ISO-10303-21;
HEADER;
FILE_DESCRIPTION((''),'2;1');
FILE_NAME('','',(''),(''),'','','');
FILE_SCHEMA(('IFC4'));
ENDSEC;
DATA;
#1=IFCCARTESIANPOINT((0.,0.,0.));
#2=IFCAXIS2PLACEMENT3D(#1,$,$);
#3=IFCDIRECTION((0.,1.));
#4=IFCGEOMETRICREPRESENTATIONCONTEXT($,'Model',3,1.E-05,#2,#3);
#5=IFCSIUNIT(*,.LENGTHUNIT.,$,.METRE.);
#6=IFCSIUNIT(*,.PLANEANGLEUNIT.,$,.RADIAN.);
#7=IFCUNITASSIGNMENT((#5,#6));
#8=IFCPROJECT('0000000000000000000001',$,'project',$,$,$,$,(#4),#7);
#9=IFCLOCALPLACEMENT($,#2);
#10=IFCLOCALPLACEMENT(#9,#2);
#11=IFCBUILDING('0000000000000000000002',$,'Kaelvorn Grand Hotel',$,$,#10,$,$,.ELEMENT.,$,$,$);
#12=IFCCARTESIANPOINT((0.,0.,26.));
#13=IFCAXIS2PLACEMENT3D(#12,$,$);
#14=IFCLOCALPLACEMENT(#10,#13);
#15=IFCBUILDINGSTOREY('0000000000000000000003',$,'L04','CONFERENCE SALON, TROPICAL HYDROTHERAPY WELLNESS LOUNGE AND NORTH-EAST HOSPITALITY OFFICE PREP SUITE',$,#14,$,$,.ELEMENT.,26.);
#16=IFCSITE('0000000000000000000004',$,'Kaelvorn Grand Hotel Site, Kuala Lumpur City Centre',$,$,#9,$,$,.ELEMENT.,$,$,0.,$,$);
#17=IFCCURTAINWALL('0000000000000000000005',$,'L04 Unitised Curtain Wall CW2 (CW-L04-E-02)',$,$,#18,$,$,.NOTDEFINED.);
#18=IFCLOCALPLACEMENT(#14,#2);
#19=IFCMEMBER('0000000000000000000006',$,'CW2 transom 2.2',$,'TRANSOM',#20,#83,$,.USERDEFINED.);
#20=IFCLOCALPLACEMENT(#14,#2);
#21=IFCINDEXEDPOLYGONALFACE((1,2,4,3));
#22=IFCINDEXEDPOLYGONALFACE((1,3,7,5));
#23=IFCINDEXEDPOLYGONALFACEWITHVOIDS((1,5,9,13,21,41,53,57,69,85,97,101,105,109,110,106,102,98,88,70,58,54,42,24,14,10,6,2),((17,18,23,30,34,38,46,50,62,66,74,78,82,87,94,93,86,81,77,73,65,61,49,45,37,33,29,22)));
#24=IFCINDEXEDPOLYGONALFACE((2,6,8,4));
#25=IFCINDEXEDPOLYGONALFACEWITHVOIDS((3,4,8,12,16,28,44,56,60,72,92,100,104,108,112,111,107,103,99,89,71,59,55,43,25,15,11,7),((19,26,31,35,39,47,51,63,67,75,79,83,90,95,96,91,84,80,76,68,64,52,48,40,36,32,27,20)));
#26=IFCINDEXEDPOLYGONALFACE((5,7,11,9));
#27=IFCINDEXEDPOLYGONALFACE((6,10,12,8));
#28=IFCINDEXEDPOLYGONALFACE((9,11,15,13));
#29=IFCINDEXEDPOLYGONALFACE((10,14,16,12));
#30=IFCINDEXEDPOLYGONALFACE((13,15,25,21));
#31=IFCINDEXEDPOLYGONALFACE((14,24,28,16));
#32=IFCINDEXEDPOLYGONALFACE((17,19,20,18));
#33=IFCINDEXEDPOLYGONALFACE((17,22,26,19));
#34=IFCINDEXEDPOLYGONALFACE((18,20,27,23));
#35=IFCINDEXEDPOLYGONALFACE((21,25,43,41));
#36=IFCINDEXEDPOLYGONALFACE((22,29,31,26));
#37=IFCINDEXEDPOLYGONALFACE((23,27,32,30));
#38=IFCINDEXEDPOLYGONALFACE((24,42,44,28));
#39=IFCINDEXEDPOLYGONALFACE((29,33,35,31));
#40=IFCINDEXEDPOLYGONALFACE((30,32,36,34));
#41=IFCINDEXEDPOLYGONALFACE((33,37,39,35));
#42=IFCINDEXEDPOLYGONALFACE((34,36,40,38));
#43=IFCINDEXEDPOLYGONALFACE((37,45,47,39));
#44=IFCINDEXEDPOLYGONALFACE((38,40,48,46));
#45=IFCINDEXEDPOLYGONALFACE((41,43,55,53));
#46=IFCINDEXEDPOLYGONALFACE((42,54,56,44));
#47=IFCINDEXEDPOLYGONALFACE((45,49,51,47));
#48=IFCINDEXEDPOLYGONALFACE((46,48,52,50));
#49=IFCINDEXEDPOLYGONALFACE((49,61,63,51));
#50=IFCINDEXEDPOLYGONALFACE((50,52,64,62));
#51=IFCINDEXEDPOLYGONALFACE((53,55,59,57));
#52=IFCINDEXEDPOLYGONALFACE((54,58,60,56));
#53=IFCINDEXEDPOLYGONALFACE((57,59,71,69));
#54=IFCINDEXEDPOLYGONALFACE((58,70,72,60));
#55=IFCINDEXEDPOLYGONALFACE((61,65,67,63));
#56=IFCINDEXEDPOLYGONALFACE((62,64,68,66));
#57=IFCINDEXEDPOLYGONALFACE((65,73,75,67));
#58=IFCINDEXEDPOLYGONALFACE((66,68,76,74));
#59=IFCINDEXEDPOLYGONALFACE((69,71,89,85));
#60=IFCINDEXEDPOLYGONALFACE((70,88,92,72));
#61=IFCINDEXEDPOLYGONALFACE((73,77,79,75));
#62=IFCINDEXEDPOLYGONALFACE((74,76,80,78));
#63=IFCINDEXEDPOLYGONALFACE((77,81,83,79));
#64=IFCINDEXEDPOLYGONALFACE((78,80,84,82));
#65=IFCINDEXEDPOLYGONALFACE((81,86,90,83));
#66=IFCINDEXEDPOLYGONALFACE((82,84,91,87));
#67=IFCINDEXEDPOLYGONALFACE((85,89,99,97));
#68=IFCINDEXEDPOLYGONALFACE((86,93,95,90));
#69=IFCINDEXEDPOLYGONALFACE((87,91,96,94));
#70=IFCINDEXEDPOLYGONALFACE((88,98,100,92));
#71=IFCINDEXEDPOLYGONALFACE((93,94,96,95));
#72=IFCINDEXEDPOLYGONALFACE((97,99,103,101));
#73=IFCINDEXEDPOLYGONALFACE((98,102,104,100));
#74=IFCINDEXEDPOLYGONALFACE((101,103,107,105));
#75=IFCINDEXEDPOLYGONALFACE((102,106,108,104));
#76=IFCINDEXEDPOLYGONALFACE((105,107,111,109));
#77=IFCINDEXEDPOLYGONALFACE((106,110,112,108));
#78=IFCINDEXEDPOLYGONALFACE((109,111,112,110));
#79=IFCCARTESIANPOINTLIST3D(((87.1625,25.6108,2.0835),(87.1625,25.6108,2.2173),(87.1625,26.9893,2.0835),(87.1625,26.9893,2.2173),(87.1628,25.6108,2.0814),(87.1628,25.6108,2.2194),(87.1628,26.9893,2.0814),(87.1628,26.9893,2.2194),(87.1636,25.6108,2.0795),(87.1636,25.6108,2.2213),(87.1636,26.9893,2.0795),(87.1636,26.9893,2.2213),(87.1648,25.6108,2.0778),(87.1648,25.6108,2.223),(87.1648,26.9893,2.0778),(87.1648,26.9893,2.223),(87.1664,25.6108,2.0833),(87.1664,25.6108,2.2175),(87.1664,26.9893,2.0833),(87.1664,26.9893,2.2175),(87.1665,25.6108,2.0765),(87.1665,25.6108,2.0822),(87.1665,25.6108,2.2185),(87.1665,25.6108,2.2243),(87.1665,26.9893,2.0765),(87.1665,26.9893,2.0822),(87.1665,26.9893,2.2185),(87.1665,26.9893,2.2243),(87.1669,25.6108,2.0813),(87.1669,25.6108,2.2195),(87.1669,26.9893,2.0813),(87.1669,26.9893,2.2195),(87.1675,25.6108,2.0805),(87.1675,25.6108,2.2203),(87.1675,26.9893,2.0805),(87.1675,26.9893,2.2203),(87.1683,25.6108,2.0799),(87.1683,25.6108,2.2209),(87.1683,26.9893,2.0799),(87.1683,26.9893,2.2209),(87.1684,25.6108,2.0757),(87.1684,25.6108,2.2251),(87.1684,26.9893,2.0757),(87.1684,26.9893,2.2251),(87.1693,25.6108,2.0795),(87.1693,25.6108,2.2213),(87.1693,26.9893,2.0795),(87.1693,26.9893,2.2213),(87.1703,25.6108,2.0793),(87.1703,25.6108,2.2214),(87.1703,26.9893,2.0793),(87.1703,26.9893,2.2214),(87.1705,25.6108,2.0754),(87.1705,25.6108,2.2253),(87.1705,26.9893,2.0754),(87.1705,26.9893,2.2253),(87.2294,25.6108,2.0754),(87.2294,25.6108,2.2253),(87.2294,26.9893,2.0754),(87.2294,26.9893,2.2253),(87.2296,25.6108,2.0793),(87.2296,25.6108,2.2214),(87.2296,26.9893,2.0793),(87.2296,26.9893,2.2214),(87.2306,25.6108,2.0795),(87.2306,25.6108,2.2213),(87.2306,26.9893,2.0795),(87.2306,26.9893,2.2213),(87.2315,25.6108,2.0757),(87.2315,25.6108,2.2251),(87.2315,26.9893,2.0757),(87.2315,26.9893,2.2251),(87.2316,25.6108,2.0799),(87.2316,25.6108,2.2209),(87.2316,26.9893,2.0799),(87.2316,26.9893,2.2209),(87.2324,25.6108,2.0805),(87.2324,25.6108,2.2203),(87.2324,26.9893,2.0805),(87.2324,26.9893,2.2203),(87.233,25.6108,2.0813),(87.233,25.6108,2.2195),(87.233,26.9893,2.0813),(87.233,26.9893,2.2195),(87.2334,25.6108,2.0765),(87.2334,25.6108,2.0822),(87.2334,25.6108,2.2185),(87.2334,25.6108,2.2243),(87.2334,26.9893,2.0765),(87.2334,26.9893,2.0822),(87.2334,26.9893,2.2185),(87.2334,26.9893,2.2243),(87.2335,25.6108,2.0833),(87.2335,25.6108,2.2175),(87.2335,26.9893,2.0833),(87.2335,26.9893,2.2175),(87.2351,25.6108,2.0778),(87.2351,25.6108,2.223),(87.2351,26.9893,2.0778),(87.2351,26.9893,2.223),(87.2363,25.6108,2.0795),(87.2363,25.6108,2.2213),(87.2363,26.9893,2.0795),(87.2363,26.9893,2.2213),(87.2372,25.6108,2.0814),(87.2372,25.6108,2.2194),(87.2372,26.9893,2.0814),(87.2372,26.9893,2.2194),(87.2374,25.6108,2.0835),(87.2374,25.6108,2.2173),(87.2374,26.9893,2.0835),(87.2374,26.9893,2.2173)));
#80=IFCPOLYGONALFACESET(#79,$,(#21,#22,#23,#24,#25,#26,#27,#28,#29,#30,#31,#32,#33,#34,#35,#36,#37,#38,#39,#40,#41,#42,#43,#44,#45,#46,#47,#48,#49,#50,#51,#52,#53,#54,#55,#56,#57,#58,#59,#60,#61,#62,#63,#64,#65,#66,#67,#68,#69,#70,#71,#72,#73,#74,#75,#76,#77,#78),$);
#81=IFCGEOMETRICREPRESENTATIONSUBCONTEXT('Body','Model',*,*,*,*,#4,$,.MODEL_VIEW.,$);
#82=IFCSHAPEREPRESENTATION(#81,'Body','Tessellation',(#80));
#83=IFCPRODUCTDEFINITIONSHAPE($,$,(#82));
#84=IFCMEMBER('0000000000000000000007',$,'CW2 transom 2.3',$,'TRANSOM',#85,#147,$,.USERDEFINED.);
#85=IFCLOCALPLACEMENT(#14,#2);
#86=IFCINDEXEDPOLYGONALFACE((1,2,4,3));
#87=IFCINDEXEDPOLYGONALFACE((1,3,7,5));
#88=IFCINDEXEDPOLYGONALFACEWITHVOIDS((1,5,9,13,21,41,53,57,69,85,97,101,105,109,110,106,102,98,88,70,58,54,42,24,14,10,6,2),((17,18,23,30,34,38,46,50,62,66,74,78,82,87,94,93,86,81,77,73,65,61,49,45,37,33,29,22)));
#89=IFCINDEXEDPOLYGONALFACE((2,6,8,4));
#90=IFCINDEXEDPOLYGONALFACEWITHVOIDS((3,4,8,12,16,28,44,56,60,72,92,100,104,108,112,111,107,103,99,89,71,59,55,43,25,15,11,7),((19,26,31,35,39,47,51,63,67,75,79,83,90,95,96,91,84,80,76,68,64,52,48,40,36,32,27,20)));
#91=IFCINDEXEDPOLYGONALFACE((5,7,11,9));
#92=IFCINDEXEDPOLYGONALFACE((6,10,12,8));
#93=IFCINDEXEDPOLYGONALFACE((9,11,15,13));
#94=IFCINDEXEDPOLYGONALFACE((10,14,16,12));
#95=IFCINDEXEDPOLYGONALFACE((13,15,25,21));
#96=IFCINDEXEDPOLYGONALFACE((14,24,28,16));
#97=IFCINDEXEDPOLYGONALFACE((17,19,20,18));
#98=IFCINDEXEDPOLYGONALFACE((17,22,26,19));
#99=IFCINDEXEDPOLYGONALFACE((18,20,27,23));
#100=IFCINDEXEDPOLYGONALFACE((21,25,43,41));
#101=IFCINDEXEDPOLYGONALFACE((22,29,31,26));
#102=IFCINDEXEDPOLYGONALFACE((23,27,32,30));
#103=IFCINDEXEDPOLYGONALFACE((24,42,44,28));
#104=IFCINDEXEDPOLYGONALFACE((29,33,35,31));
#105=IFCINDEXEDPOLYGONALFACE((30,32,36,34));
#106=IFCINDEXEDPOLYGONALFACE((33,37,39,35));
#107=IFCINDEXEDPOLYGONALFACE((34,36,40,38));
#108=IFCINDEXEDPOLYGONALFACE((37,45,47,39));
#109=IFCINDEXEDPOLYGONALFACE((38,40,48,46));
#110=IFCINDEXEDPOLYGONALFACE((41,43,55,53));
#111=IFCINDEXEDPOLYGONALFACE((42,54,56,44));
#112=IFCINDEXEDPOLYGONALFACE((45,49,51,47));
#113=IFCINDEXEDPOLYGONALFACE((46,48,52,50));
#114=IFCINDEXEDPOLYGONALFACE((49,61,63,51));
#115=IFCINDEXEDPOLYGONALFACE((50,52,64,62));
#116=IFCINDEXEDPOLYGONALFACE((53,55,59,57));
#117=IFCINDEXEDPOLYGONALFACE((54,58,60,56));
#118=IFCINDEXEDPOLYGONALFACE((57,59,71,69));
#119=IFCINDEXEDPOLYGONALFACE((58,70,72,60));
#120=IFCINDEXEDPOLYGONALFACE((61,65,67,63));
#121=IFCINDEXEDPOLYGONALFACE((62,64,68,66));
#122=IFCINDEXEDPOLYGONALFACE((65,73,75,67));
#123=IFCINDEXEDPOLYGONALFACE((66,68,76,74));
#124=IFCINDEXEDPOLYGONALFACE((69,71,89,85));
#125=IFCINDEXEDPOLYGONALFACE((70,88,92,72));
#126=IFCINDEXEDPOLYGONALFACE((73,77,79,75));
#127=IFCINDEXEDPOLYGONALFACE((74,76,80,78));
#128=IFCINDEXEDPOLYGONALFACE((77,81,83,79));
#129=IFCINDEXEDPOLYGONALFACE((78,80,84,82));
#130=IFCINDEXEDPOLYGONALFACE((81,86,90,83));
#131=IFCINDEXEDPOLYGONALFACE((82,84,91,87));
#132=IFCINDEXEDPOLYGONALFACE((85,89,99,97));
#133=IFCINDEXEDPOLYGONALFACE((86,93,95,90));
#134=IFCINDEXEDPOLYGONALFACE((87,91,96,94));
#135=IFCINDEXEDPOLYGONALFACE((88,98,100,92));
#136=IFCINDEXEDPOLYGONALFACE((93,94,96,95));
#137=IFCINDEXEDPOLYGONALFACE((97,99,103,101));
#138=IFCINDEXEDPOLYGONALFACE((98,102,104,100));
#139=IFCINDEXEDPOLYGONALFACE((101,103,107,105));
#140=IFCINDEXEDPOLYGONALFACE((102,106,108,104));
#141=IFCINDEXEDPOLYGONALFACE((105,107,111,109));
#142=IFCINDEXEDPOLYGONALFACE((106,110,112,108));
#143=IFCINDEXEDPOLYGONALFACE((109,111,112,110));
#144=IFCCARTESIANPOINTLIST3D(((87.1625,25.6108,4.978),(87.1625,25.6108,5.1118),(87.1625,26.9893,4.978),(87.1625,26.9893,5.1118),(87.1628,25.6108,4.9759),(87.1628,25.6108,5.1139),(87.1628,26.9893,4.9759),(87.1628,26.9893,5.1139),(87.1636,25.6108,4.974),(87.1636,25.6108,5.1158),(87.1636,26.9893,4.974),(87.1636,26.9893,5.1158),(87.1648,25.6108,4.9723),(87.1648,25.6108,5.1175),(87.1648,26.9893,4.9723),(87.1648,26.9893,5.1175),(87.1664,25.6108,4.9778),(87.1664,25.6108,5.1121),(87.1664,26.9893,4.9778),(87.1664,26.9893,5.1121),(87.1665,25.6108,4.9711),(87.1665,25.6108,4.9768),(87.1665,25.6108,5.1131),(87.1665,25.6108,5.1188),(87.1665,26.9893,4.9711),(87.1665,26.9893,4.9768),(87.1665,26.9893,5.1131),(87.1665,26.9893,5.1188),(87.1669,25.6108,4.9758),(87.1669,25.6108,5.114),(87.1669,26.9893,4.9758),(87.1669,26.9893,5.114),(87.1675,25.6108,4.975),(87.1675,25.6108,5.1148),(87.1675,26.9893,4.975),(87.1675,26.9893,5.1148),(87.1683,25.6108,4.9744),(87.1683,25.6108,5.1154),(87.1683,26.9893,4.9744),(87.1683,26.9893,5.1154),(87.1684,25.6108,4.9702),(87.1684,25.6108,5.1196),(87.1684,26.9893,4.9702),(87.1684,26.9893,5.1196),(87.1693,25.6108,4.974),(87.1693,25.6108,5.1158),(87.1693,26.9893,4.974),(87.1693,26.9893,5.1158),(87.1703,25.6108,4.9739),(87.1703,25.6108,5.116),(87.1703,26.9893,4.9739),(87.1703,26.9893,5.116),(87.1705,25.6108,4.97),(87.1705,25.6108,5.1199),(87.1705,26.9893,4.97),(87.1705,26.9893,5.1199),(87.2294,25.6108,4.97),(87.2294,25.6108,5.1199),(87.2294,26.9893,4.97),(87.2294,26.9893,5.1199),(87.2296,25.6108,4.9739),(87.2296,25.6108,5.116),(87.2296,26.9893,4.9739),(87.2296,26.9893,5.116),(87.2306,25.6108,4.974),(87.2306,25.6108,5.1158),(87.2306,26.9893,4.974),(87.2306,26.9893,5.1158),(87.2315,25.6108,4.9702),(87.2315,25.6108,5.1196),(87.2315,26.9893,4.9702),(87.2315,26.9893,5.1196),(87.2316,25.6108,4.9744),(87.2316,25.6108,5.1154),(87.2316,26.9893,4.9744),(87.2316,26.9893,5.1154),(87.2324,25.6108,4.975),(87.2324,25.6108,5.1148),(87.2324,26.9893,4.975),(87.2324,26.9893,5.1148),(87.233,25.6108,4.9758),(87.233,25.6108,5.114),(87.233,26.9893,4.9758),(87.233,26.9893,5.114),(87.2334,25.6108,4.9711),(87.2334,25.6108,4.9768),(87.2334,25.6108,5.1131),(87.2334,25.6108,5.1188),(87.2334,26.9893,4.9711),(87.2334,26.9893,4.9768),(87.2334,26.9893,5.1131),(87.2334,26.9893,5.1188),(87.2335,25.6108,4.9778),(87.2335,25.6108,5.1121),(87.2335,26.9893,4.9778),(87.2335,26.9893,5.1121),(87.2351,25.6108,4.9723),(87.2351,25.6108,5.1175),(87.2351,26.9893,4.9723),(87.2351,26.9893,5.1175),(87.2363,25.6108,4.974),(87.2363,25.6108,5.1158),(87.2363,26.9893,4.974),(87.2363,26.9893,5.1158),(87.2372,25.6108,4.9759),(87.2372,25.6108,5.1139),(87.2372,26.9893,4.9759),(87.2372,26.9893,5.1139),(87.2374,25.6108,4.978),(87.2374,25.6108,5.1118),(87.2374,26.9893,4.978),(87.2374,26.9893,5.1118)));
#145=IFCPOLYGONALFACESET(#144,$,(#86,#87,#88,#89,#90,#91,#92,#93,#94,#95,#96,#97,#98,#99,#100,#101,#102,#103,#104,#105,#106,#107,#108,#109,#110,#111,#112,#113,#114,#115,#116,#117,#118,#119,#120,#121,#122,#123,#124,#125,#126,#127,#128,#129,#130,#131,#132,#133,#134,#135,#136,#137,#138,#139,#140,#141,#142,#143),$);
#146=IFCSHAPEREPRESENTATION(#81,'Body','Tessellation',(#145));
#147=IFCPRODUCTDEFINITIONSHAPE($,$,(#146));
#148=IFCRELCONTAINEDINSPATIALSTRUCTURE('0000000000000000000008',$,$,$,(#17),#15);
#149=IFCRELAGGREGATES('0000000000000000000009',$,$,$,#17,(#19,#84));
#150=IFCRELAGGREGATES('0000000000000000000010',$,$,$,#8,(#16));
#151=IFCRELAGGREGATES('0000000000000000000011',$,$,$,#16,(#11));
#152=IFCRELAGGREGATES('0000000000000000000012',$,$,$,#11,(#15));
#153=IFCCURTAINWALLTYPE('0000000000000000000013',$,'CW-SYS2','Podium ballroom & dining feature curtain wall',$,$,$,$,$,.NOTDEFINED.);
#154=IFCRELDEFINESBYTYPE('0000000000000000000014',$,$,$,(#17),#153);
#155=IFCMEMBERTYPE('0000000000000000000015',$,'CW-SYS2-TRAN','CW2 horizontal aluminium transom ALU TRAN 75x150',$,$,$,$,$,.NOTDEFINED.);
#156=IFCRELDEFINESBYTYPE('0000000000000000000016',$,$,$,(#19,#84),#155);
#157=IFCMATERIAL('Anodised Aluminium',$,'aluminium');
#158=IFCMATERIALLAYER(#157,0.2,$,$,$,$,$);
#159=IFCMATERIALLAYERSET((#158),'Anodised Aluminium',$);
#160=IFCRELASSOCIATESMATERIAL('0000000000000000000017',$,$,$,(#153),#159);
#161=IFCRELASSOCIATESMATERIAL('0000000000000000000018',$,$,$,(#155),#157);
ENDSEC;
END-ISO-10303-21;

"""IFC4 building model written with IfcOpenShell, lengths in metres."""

from ifc_helpers import new_model, si_unit, direction, frame, origin, origin_2d, place, context, subcontext, project, spatial, hollow_rectangle, extrude, material, layer, layer_set, material_profile, profile_set, type_object, element, aggregate, save


model = new_model("IFC4")

# Units and contexts
model_context = context("Model", 3, precision=1e-05, world=origin(), true_north=direction((0.0, 1.0)))
body_context = subcontext(model_context, "Body", "Model", "MODEL_VIEW")
ifc_project = project(units=[si_unit("LENGTHUNIT", "METRE"), si_unit("PLANEANGLEUNIT", "RADIAN")], contexts=[model_context])

# Site, building, storey
site_placement = place(None, origin())
site = spatial("IfcSite", under=ifc_project, at=site_placement, Name="Kaelvorn Grand Hotel Site, Kuala Lumpur City Centre", CompositionType="ELEMENT", RefElevation=0.0)
building_placement = place(site_placement, origin())
building = spatial("IfcBuilding", under=site, at=building_placement, Name="Kaelvorn Grand Hotel", CompositionType="ELEMENT")
storey_placement = place(building_placement, frame((0.0, 0.0, 26.0)))
storey = spatial("IfcBuildingStorey", under=building, at=storey_placement, Name="L04", Description="CONFERENCE SALON, TROPICAL HYDROTHERAPY WELLNESS LOUNGE AND NORTH-EAST HOSPITALITY OFFICE PREP SUITE", CompositionType="ELEMENT", Elevation=26.0)

# Shared definitions
ifc_material_1 = material(Name="Anodised Aluminium", Category="aluminium")
ifc_layer_1 = layer(ifc_material_1, 0.2)
ifc_layer_set_1 = layer_set([ifc_layer_1], Name="Anodised Aluminium")
curtain_wall_type = type_object("IfcCurtainWallType", Name="CW-SYS2", Description="Podium ballroom & dining feature curtain wall", PredefinedType="NOTDEFINED", material=ifc_layer_set_1)

# Curtain wall, members
curtain_wall_1_placement = place(storey_placement, origin())
curtain_wall_1 = element("IfcCurtainWall", 1, at=curtain_wall_1_placement, inside=storey, type_object=curtain_wall_type, Name="L04 Unitised Curtain Wall CW2 (CW-L04-E-02)", PredefinedType="NOTDEFINED")
ifc_material_profile_1 = material_profile(ifc_material_1, hollow_rectangle(XDim=0.075, YDim=0.1499, WallThickness=0.0039, InnerFilletRadius=0.0039, OuterFilletRadius=0.0081, at=origin_2d()), Name="ALU TRAN 75x150")
ifc_profile_set_1 = profile_set([ifc_material_profile_1], Name="Anodised Aluminium")
member_type_1 = type_object("IfcMemberType", Name="CW-SYS2-TRAN", Description="CW2 horizontal aluminium transom ALU TRAN 75x150", PredefinedType="NOTDEFINED", material=ifc_profile_set_1)
member_1_placement = place(storey_placement, frame((87.2, 25.6108, 2.1504), z_axis=(0.0, 1.0, 0.0), x_axis=(-1.0, 0.0, 0.0)))
member_1 = element("IfcMember", 2, at=member_1_placement, type_object=member_type_1, Name="CW2 transom 2.2", ObjectType="TRANSOM", PredefinedType="USERDEFINED", context=body_context, shape_type="SweptSolid", body=[
    extrude(hollow_rectangle(XDim=0.075, YDim=0.1499, WallThickness=0.0039, InnerFilletRadius=0.0039, OuterFilletRadius=0.0081, at=origin_2d()), origin(), (0.0, 0.0, 1.0), 1.3784),
])
member_2_placement = place(storey_placement, frame((87.2, 25.6108, 5.0449), z_axis=(0.0, 1.0, 0.0), x_axis=(-1.0, 0.0, 0.0)))
member_2 = element("IfcMember", 3, at=member_2_placement, type_object=member_type_1, Name="CW2 transom 2.3", ObjectType="TRANSOM", PredefinedType="USERDEFINED", context=body_context, shape_type="SweptSolid", body=[
    extrude(hollow_rectangle(XDim=0.075, YDim=0.1499, WallThickness=0.0039, InnerFilletRadius=0.0039, OuterFilletRadius=0.0081, at=origin_2d()), origin(), (0.0, 0.0, 1.0), 1.3784),
])

aggregate(curtain_wall_1, [member_1, member_2])

save(model, "model.ifc")
